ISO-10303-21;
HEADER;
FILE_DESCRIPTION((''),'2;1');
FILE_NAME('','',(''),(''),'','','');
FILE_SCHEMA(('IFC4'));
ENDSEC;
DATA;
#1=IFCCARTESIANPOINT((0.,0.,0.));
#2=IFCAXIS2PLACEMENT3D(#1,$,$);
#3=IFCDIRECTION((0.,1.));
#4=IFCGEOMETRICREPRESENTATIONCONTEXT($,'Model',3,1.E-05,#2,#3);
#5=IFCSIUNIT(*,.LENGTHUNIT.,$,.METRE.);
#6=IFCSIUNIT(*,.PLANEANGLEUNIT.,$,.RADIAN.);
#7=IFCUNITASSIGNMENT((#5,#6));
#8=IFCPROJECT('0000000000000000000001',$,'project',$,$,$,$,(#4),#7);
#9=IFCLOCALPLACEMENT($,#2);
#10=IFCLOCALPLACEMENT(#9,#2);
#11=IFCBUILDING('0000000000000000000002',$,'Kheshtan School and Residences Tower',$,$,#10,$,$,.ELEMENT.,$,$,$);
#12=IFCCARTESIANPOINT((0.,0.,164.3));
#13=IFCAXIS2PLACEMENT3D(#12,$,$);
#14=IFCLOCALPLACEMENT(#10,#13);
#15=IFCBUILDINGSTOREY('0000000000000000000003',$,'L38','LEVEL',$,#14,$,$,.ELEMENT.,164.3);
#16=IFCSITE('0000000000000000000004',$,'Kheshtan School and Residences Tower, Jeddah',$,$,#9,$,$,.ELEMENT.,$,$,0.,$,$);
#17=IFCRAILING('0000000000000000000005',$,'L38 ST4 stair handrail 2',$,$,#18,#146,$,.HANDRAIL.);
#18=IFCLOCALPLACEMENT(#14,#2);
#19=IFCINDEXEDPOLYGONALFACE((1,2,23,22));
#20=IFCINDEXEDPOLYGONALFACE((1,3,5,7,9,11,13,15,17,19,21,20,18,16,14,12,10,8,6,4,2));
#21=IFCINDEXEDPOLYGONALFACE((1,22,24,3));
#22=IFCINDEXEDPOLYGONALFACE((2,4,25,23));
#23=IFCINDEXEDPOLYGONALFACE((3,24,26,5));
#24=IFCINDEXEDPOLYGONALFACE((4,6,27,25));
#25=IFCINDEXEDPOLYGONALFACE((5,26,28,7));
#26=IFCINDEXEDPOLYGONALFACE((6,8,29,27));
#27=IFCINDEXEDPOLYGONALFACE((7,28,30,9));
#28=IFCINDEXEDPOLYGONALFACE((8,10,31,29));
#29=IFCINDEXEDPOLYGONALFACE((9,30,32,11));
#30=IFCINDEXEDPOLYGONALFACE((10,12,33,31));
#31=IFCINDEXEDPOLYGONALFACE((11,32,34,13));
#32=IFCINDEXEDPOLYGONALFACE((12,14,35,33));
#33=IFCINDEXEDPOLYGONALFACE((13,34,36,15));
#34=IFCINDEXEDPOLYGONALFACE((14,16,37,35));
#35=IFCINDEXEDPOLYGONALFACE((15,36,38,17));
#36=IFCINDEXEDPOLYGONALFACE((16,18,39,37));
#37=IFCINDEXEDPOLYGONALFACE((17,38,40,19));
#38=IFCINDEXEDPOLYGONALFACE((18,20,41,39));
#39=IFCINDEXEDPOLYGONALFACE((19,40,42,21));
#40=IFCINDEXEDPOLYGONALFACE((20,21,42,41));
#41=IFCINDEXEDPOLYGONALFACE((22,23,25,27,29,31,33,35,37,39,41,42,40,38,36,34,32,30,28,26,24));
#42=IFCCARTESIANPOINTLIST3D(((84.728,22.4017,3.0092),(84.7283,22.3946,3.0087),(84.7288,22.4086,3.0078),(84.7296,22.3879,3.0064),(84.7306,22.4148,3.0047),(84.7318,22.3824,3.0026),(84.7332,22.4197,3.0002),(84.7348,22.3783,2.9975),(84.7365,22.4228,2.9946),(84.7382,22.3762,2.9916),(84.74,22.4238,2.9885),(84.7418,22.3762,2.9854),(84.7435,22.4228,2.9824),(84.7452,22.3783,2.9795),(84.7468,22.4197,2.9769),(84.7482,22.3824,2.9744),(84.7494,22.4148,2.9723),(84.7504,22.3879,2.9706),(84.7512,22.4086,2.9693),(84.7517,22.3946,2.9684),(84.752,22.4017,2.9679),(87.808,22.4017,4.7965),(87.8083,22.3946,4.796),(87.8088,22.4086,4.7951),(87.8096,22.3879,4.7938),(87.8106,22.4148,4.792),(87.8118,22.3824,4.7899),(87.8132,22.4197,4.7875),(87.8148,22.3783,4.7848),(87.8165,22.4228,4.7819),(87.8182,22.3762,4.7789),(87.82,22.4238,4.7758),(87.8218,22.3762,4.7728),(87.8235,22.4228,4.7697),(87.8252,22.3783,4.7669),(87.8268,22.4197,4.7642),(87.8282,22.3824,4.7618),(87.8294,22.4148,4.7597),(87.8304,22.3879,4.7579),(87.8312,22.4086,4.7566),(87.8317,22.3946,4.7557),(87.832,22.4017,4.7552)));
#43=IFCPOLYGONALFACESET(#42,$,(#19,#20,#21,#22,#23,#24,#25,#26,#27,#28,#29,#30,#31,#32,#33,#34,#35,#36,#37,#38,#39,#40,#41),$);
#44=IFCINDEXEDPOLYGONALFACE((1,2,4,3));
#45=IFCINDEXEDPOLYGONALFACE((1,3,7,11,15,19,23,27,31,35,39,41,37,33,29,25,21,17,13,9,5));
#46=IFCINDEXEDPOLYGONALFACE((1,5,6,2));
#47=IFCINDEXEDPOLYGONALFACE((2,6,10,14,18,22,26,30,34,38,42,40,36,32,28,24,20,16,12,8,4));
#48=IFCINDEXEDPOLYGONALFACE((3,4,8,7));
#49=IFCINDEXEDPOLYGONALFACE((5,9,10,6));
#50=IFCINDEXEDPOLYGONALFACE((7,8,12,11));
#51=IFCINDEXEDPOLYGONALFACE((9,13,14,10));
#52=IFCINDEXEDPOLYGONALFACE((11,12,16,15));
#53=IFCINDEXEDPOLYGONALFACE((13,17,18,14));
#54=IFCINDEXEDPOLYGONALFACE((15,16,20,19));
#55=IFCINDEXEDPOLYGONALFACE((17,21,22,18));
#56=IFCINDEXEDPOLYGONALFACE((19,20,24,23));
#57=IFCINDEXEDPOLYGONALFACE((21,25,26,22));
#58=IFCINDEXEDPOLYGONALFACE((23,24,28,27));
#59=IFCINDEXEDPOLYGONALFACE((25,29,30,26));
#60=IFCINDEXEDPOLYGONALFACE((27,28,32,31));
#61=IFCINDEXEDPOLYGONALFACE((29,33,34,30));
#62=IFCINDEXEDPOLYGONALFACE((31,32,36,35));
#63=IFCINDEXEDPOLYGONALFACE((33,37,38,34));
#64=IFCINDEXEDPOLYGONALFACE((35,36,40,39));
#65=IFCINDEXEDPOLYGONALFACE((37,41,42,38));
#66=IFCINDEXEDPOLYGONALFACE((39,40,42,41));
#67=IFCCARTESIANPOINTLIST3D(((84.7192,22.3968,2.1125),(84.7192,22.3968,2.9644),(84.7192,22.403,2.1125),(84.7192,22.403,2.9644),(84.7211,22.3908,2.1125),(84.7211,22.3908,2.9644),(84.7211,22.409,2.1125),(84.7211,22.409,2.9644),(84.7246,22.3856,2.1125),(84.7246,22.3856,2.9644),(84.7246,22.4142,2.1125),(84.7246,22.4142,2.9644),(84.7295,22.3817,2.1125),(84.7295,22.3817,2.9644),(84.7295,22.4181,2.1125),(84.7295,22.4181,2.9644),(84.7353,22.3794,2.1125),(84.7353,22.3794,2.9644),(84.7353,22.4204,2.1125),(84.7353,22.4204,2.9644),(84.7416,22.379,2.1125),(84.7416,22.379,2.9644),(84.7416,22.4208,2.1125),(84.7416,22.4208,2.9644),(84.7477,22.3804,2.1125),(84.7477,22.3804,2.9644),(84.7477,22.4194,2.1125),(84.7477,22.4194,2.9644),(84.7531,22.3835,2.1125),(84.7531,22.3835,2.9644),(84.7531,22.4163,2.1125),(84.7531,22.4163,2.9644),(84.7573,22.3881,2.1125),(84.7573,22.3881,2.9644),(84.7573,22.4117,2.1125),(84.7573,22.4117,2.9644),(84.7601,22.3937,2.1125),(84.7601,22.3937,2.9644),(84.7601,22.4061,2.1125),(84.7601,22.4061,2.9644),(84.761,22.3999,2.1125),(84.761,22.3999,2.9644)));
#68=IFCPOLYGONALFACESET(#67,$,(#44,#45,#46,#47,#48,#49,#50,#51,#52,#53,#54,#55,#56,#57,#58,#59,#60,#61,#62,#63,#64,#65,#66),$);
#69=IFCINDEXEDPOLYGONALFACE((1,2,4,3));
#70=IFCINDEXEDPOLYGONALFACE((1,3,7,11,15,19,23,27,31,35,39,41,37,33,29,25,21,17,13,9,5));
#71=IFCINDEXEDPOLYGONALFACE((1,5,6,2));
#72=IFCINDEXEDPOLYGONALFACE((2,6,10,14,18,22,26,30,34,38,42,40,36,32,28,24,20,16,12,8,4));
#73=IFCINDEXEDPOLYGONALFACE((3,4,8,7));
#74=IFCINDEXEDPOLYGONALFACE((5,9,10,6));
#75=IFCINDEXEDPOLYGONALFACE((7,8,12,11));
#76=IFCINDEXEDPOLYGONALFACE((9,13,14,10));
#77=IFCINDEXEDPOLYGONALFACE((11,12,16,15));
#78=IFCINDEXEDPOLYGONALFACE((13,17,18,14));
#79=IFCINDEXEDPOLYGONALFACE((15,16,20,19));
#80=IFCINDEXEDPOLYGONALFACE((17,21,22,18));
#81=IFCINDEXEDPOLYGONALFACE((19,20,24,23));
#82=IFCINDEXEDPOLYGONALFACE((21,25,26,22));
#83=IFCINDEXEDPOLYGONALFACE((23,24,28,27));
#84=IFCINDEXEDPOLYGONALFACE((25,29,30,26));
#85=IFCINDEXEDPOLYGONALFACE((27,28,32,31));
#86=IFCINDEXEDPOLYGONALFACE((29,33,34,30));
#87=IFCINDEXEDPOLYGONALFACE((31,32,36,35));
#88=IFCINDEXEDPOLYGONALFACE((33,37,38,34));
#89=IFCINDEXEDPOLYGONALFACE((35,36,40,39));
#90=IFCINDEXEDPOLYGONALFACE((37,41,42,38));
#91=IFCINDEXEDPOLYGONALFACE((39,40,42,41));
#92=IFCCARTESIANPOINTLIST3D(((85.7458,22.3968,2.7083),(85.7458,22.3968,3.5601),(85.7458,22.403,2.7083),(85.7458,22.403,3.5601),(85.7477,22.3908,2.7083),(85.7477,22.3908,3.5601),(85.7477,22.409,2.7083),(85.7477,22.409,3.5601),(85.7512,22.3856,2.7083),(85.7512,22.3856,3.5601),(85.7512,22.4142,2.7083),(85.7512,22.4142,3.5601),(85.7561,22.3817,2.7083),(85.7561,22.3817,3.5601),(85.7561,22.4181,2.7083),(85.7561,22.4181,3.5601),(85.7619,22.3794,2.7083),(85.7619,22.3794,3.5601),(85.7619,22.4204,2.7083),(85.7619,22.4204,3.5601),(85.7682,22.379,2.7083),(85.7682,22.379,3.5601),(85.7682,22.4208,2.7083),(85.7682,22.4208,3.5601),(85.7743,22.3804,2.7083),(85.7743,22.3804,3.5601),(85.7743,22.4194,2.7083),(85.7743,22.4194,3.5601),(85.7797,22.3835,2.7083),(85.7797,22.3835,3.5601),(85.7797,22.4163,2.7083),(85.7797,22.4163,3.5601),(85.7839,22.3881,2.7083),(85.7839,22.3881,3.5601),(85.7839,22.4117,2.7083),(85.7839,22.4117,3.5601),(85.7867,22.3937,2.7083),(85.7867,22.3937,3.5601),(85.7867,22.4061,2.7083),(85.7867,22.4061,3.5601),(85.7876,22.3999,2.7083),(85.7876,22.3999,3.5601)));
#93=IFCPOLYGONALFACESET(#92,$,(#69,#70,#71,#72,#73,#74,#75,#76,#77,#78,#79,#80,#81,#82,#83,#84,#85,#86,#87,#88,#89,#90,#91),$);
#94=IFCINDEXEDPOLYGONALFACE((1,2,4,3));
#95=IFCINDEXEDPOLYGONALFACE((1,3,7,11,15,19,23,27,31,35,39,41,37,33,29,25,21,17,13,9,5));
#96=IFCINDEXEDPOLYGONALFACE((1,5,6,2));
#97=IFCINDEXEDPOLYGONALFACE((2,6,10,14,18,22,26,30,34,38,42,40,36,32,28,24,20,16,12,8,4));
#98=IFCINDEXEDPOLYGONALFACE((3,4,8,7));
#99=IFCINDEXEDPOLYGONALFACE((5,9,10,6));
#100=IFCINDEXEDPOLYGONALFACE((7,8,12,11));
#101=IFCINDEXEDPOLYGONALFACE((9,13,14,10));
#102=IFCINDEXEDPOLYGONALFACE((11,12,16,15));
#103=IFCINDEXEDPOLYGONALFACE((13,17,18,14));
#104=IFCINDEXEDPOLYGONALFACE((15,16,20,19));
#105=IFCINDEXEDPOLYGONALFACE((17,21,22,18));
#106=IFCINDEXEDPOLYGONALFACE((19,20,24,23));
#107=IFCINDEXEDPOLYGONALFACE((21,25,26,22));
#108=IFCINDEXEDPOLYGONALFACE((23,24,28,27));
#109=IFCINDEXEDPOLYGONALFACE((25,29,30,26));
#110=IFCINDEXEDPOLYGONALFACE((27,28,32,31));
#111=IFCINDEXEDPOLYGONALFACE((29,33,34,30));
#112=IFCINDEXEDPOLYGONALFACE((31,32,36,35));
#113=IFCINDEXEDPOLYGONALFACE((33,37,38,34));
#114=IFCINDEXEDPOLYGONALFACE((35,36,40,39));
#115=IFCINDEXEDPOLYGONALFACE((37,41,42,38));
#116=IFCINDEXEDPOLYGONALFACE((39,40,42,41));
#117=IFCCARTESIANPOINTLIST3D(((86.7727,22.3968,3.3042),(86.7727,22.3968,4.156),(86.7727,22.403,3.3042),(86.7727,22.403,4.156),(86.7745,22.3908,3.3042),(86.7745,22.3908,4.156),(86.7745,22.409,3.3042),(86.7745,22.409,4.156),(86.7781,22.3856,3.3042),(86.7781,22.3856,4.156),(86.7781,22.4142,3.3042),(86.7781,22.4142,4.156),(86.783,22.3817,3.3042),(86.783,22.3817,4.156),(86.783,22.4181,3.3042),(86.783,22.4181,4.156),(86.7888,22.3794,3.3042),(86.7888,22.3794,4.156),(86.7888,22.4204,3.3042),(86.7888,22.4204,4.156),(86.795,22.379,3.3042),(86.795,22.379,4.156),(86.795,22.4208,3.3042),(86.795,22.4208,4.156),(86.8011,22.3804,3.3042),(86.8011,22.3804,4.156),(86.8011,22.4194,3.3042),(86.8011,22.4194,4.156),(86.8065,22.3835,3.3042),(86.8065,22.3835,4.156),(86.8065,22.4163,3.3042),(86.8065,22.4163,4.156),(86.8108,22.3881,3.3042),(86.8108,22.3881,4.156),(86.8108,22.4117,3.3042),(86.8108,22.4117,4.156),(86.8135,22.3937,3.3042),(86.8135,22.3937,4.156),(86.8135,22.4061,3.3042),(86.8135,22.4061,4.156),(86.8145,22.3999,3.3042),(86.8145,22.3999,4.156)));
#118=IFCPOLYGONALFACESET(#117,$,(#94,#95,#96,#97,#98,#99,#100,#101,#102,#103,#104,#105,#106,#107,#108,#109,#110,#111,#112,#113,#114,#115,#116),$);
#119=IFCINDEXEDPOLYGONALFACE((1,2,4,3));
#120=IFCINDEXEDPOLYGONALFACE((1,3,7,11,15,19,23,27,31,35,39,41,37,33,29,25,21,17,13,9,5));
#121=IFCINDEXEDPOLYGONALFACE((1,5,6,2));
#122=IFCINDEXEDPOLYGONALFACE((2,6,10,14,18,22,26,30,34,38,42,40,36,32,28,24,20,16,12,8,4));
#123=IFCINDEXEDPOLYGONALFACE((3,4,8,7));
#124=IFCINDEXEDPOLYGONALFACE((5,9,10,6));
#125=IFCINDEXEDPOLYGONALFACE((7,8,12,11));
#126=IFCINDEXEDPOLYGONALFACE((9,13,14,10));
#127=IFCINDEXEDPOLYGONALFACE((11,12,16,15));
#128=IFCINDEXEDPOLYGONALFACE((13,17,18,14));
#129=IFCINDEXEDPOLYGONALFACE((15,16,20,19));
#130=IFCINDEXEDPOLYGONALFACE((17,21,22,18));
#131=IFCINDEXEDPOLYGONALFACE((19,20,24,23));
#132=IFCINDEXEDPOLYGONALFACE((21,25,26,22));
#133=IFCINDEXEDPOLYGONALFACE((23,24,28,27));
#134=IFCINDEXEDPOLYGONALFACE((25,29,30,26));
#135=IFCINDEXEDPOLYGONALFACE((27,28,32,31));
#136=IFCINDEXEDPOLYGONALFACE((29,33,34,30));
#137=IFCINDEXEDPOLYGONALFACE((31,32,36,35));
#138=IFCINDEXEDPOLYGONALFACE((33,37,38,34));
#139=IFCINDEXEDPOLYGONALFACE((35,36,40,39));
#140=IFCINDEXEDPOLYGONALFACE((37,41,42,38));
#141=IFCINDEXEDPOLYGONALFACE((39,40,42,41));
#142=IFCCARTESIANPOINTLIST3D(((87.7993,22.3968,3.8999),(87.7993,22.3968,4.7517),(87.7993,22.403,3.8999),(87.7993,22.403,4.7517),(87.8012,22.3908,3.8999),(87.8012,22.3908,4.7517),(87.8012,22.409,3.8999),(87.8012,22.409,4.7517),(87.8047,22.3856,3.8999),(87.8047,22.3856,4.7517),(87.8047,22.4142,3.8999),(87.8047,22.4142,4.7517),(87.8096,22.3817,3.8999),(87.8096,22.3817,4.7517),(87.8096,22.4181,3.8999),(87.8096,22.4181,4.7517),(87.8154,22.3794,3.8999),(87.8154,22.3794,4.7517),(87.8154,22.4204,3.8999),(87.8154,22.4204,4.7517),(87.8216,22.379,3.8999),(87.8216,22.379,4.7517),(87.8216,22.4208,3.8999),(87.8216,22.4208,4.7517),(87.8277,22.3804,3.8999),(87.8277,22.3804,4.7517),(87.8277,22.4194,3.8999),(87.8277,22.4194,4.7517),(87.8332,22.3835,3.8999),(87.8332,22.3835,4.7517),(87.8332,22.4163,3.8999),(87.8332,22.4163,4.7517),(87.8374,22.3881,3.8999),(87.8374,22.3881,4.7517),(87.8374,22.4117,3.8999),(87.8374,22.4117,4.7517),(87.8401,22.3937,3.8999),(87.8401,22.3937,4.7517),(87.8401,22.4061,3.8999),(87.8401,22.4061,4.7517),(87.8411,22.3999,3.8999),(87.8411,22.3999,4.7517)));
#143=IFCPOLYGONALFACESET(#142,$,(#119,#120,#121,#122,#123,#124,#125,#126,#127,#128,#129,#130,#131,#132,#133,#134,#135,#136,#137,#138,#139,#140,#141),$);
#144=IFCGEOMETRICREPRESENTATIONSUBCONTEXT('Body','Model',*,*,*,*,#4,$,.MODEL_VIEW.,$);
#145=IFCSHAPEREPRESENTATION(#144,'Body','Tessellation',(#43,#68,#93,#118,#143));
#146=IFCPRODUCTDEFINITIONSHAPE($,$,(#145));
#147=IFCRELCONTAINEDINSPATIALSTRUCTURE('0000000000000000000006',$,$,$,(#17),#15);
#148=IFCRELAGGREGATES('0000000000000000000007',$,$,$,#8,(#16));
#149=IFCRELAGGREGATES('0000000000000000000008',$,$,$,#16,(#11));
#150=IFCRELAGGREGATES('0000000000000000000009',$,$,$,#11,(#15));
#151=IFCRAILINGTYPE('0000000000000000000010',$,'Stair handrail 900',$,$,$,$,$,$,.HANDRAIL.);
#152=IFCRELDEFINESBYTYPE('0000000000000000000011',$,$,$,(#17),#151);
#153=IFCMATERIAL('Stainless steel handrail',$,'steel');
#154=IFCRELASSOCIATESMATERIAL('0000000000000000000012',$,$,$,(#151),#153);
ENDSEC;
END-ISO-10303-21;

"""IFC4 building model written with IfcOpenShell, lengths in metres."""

from ifc_helpers import new_model, si_unit, direction, frame, origin, origin_2d, place, context, subcontext, project, spatial, circle, extrude, material, type_object, element, save


model = new_model("IFC4")

# Units and contexts
model_context = context("Model", 3, precision=1e-05, world=origin(), true_north=direction((0.0, 1.0)))
body_context = subcontext(model_context, "Body", "Model", "MODEL_VIEW")
ifc_project = project(units=[si_unit("LENGTHUNIT", "METRE"), si_unit("PLANEANGLEUNIT", "RADIAN")], contexts=[model_context])

# Site, building, storey
site_placement = place(None, origin())
site = spatial("IfcSite", under=ifc_project, at=site_placement, Name="Kheshtan School and Residences Tower, Jeddah", CompositionType="ELEMENT", RefElevation=0.0)
building_placement = place(site_placement, origin())
building = spatial("IfcBuilding", under=site, at=building_placement, Name="Kheshtan School and Residences Tower", CompositionType="ELEMENT")
storey_placement = place(building_placement, frame((0.0, 0.0, 164.3)))
storey = spatial("IfcBuildingStorey", under=building, at=storey_placement, Name="L38", Description="LEVEL", CompositionType="ELEMENT", Elevation=164.3)

# Railing
ifc_material_1 = material(Name="Stainless steel handrail", Category="steel")
railing_type_1 = type_object("IfcRailingType", Name="Stair handrail 900", PredefinedType="HANDRAIL", material=ifc_material_1)
railing_1_placement = place(storey_placement, frame((84.74, 22.3999, 2.1125)))
element("IfcRailing", 1, at=railing_1_placement, inside=storey, type_object=railing_type_1, Name="L38 ST4 stair handrail 2", PredefinedType="HANDRAIL", context=body_context, shape_type="SweptSolid", body=[
    extrude(circle(Radius=0.0239, at=origin_2d()), frame((0.0, 0.0, 0.876), z_axis=(0.86492, 0.0, 0.501909), x_axis=(0.0, 1.0, 0.0)), (0.0, 0.0, 1.0), 3.561),
    extrude(circle(Radius=0.021, at=origin_2d()), origin(), (0.0, 0.0, 1.0), 0.8518),
    extrude(circle(Radius=0.021, at=origin_2d()), frame((1.0266, 0.0, 0.5957)), (0.0, 0.0, 1.0), 0.8518),
    extrude(circle(Radius=0.021, at=origin_2d()), frame((2.0535, 0.0, 1.1917)), (0.0, 0.0, 1.0), 0.8518),
    extrude(circle(Radius=0.021, at=origin_2d()), frame((3.0801, 0.0, 1.7874)), (0.0, 0.0, 1.0), 0.8518),
])

save(model, "model.ifc")
